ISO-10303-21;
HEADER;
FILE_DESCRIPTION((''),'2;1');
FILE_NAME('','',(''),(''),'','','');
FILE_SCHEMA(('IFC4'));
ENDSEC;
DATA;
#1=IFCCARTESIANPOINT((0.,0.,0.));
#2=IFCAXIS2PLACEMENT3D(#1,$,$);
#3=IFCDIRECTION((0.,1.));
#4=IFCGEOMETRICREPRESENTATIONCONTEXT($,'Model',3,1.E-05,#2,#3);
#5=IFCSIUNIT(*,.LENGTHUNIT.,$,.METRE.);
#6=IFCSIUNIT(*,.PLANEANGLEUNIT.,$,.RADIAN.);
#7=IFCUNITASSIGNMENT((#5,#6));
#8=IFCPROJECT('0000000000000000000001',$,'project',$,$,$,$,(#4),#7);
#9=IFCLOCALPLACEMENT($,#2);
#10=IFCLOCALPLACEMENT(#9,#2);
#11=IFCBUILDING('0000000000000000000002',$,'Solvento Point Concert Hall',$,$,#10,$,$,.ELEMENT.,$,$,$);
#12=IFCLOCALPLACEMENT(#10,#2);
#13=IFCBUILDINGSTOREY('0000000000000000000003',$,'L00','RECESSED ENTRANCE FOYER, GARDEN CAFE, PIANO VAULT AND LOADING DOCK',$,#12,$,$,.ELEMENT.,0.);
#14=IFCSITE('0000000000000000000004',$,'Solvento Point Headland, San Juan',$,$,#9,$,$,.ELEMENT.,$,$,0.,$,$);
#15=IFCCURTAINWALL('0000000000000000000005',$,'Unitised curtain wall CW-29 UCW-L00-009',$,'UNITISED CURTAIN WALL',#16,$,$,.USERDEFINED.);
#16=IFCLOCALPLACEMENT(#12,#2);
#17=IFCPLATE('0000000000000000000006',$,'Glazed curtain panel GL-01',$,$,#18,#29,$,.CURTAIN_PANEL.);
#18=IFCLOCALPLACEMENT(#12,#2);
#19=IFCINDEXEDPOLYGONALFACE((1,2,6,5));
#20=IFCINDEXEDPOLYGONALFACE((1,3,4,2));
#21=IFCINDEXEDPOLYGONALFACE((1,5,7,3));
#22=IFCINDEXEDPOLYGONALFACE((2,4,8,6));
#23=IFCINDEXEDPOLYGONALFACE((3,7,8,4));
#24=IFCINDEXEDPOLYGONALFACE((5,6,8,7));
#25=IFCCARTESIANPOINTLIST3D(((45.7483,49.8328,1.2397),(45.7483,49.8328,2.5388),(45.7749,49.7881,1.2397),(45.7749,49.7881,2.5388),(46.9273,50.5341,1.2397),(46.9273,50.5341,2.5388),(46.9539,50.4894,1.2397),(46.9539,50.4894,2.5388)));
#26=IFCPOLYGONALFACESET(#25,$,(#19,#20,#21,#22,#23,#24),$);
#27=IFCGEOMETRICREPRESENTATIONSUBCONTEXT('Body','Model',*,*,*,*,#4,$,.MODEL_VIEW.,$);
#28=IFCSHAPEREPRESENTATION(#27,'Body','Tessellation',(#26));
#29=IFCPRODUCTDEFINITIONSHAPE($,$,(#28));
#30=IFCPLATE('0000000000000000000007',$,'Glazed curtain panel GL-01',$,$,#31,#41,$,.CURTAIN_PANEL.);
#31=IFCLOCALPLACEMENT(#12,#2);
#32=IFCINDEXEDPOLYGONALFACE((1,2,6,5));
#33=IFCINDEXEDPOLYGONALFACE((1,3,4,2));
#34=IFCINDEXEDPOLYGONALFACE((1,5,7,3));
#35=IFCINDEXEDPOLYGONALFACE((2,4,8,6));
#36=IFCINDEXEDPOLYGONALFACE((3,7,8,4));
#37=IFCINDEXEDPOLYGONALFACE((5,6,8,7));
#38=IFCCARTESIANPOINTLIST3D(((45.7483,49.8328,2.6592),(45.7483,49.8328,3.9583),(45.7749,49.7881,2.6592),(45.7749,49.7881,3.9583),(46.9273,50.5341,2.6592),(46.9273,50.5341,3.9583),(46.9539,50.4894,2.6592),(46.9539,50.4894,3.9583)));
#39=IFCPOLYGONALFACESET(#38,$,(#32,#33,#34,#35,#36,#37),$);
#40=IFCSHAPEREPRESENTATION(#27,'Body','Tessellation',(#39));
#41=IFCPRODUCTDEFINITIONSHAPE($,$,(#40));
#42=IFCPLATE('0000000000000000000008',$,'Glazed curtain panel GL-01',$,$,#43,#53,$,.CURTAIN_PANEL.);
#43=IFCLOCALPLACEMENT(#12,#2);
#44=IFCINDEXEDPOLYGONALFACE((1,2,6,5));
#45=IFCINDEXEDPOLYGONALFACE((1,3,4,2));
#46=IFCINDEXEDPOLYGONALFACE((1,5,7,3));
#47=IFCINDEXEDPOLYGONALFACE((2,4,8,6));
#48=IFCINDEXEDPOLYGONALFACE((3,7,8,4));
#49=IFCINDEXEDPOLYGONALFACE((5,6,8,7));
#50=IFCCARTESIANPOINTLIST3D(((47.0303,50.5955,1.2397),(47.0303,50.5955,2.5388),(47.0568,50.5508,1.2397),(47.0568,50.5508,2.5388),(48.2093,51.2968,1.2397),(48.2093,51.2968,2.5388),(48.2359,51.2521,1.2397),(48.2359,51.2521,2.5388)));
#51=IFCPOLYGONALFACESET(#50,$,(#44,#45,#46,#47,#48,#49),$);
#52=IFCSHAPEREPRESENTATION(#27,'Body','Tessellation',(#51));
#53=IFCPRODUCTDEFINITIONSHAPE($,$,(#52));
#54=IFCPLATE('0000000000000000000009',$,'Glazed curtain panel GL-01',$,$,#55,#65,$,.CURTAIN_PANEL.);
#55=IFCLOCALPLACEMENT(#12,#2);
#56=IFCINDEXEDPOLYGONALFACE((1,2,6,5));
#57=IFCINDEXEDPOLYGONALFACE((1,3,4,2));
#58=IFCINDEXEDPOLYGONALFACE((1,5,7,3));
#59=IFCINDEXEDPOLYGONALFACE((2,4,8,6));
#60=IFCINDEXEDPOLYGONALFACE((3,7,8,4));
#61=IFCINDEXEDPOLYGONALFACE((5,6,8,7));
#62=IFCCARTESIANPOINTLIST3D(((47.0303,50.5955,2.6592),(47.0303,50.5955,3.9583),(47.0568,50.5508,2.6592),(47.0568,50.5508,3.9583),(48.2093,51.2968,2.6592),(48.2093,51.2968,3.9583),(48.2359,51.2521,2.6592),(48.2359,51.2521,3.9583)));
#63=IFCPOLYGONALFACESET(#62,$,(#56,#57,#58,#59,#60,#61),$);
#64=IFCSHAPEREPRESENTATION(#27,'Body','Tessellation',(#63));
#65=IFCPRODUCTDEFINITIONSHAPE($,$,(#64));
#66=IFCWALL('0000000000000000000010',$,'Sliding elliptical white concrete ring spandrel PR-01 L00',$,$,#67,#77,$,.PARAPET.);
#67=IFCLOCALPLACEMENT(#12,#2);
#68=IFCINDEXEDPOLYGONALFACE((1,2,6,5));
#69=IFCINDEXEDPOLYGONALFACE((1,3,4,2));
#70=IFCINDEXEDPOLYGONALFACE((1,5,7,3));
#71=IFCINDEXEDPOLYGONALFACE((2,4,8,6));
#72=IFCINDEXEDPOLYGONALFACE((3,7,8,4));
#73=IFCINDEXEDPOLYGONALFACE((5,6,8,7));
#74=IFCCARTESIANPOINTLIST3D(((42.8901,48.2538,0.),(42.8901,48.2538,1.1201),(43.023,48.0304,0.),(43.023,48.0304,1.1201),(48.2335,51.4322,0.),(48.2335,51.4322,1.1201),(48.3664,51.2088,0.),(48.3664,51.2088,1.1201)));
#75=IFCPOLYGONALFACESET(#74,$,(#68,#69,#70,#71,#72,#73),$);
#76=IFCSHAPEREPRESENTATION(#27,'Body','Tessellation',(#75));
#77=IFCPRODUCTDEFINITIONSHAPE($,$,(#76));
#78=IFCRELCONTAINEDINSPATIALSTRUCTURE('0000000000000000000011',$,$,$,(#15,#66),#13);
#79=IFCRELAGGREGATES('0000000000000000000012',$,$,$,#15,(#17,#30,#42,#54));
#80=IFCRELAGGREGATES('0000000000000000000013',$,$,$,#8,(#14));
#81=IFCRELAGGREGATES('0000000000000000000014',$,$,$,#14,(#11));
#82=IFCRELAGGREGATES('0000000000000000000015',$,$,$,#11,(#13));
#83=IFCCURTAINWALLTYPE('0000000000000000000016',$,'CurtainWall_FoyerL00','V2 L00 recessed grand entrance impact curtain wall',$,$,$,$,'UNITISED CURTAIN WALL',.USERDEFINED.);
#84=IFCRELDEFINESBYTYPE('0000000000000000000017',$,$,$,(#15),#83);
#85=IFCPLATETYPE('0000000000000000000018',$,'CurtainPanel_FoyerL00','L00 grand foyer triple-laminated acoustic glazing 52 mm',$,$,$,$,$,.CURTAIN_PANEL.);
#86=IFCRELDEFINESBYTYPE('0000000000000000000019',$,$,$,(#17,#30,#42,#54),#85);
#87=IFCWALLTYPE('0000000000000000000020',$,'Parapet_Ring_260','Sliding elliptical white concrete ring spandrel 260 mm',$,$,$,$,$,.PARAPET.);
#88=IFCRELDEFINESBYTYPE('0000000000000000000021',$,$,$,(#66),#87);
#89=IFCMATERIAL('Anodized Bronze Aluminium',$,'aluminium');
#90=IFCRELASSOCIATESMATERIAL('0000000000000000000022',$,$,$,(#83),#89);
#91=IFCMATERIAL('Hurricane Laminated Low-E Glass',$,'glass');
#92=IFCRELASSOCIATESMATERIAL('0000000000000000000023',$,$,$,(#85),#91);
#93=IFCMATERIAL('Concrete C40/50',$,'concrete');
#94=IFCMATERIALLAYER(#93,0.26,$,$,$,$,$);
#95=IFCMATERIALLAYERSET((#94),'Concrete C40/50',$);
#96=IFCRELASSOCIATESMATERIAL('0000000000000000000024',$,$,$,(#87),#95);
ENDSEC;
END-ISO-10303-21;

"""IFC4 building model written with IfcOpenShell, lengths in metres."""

from ifc_helpers import new_model, si_unit, direction, frame, frame_2d, origin, origin_2d, place, context, subcontext, project, spatial, rectangle, extrude, material, layer, layer_set, type_object, element, aggregate, save


model = new_model("IFC4")

# Units and contexts
model_context = context("Model", 3, precision=1e-05, world=origin(), true_north=direction((0.0, 1.0)))
body_context = subcontext(model_context, "Body", "Model", "MODEL_VIEW")
ifc_project = project(units=[si_unit("LENGTHUNIT", "METRE"), si_unit("PLANEANGLEUNIT", "RADIAN")], contexts=[model_context])

# Site, building, storey
site_placement = place(None, origin())
site = spatial("IfcSite", under=ifc_project, at=site_placement, Name="Solvento Point Headland, San Juan", CompositionType="ELEMENT", RefElevation=0.0)
building_placement = place(site_placement, origin())
building = spatial("IfcBuilding", under=site, at=building_placement, Name="Solvento Point Concert Hall", CompositionType="ELEMENT")
storey_placement = place(building_placement, origin())
storey = spatial("IfcBuildingStorey", under=building, at=storey_placement, Name="L00", Description="RECESSED ENTRANCE FOYER, GARDEN CAFE, PIANO VAULT AND LOADING DOCK", CompositionType="ELEMENT", Elevation=0.0)

# Curtain wall
ifc_material_1 = material(Name="Anodized Bronze Aluminium", Category="aluminium")
curtain_wall_type = type_object("IfcCurtainWallType", Name="CurtainWall_FoyerL00", Description="V2 L00 recessed grand entrance impact curtain wall", ElementType="UNITISED CURTAIN WALL", PredefinedType="USERDEFINED", material=ifc_material_1)
curtain_wall_1_placement = place(storey_placement, origin())
curtain_wall_1 = element("IfcCurtainWall", 1, at=curtain_wall_1_placement, inside=storey, type_object=curtain_wall_type, Name="Unitised curtain wall CW-29 UCW-L00-009", ObjectType="UNITISED CURTAIN WALL", PredefinedType="USERDEFINED")

# Plates
ifc_material_2 = material(Name="Hurricane Laminated Low-E Glass", Category="glass")
plate_type = type_object("IfcPlateType", Name="CurtainPanel_FoyerL00", Description="L00 grand foyer triple-laminated acoustic glazing 52 mm", PredefinedType="CURTAIN_PANEL", material=ifc_material_2)
plate_1_placement = place(storey_placement, frame((46.3511, 50.1611, 1.2397), z_axis=(0.0, 0.0, 1.0), x_axis=(0.859448, 0.511223, 0.0)))
plate_1 = element("IfcPlate", 2, at=plate_1_placement, type_object=plate_type, Name="Glazed curtain panel GL-01", PredefinedType="CURTAIN_PANEL", context=body_context, shape_type="SweptSolid", body=[
    extrude(rectangle(XDim=1.3718, YDim=0.052, at=origin_2d()), origin(), (0.0, 0.0, 1.0), 1.2991),
])
plate_2_placement = place(storey_placement, frame((46.3511, 50.1611, 2.6592), z_axis=(0.0, 0.0, 1.0), x_axis=(0.859448, 0.511223, 0.0)))
plate_2 = element("IfcPlate", 3, at=plate_2_placement, type_object=plate_type, Name="Glazed curtain panel GL-01", PredefinedType="CURTAIN_PANEL", context=body_context, shape_type="SweptSolid", body=[
    extrude(rectangle(XDim=1.3718, YDim=0.052, at=origin_2d()), origin(), (0.0, 0.0, 1.0), 1.2991),
])
plate_3_placement = place(storey_placement, frame((47.6331, 50.9238, 1.2397), z_axis=(0.0, 0.0, 1.0), x_axis=(0.859448, 0.511223, 0.0)))
plate_3 = element("IfcPlate", 4, at=plate_3_placement, type_object=plate_type, Name="Glazed curtain panel GL-01", PredefinedType="CURTAIN_PANEL", context=body_context, shape_type="SweptSolid", body=[
    extrude(rectangle(XDim=1.3718, YDim=0.052, at=origin_2d()), origin(), (0.0, 0.0, 1.0), 1.2991),
])
plate_4_placement = place(storey_placement, frame((47.6331, 50.9238, 2.6592), z_axis=(0.0, 0.0, 1.0), x_axis=(0.859448, 0.511223, 0.0)))
plate_4 = element("IfcPlate", 5, at=plate_4_placement, type_object=plate_type, Name="Glazed curtain panel GL-01", PredefinedType="CURTAIN_PANEL", context=body_context, shape_type="SweptSolid", body=[
    extrude(rectangle(XDim=1.3718, YDim=0.052, at=origin_2d()), origin(), (0.0, 0.0, 1.0), 1.2991),
])
aggregate(curtain_wall_1, [plate_1, plate_2, plate_3, plate_4])

# Wall
ifc_material_3 = material(Name="Concrete C40/50", Category="concrete")
ifc_layer = layer(ifc_material_3, 0.26)
ifc_layer_set = layer_set([ifc_layer], Name="Concrete C40/50")
wall_type = type_object("IfcWallType", Name="Parapet_Ring_260", Description="Sliding elliptical white concrete ring spandrel 260 mm", PredefinedType="PARAPET", material=ifc_layer_set)
wall_placement = place(storey_placement, frame((42.9565, 48.1421, 0.0), z_axis=(0.0, 0.0, 1.0), x_axis=(0.859448, 0.511224, 0.0)))
element("IfcWall", 6, at=wall_placement, inside=storey, type_object=wall_type, Name="Sliding elliptical white concrete ring spandrel PR-01 L00", PredefinedType="PARAPET", context=body_context, shape_type="SweptSolid", body=[
    extrude(rectangle(XDim=6.2173, YDim=0.26, at=frame_2d((3.1086, 0.0))), origin(), (0.0, 0.0, 1.0), 1.1201),
])

save(model, "model.ifc")
